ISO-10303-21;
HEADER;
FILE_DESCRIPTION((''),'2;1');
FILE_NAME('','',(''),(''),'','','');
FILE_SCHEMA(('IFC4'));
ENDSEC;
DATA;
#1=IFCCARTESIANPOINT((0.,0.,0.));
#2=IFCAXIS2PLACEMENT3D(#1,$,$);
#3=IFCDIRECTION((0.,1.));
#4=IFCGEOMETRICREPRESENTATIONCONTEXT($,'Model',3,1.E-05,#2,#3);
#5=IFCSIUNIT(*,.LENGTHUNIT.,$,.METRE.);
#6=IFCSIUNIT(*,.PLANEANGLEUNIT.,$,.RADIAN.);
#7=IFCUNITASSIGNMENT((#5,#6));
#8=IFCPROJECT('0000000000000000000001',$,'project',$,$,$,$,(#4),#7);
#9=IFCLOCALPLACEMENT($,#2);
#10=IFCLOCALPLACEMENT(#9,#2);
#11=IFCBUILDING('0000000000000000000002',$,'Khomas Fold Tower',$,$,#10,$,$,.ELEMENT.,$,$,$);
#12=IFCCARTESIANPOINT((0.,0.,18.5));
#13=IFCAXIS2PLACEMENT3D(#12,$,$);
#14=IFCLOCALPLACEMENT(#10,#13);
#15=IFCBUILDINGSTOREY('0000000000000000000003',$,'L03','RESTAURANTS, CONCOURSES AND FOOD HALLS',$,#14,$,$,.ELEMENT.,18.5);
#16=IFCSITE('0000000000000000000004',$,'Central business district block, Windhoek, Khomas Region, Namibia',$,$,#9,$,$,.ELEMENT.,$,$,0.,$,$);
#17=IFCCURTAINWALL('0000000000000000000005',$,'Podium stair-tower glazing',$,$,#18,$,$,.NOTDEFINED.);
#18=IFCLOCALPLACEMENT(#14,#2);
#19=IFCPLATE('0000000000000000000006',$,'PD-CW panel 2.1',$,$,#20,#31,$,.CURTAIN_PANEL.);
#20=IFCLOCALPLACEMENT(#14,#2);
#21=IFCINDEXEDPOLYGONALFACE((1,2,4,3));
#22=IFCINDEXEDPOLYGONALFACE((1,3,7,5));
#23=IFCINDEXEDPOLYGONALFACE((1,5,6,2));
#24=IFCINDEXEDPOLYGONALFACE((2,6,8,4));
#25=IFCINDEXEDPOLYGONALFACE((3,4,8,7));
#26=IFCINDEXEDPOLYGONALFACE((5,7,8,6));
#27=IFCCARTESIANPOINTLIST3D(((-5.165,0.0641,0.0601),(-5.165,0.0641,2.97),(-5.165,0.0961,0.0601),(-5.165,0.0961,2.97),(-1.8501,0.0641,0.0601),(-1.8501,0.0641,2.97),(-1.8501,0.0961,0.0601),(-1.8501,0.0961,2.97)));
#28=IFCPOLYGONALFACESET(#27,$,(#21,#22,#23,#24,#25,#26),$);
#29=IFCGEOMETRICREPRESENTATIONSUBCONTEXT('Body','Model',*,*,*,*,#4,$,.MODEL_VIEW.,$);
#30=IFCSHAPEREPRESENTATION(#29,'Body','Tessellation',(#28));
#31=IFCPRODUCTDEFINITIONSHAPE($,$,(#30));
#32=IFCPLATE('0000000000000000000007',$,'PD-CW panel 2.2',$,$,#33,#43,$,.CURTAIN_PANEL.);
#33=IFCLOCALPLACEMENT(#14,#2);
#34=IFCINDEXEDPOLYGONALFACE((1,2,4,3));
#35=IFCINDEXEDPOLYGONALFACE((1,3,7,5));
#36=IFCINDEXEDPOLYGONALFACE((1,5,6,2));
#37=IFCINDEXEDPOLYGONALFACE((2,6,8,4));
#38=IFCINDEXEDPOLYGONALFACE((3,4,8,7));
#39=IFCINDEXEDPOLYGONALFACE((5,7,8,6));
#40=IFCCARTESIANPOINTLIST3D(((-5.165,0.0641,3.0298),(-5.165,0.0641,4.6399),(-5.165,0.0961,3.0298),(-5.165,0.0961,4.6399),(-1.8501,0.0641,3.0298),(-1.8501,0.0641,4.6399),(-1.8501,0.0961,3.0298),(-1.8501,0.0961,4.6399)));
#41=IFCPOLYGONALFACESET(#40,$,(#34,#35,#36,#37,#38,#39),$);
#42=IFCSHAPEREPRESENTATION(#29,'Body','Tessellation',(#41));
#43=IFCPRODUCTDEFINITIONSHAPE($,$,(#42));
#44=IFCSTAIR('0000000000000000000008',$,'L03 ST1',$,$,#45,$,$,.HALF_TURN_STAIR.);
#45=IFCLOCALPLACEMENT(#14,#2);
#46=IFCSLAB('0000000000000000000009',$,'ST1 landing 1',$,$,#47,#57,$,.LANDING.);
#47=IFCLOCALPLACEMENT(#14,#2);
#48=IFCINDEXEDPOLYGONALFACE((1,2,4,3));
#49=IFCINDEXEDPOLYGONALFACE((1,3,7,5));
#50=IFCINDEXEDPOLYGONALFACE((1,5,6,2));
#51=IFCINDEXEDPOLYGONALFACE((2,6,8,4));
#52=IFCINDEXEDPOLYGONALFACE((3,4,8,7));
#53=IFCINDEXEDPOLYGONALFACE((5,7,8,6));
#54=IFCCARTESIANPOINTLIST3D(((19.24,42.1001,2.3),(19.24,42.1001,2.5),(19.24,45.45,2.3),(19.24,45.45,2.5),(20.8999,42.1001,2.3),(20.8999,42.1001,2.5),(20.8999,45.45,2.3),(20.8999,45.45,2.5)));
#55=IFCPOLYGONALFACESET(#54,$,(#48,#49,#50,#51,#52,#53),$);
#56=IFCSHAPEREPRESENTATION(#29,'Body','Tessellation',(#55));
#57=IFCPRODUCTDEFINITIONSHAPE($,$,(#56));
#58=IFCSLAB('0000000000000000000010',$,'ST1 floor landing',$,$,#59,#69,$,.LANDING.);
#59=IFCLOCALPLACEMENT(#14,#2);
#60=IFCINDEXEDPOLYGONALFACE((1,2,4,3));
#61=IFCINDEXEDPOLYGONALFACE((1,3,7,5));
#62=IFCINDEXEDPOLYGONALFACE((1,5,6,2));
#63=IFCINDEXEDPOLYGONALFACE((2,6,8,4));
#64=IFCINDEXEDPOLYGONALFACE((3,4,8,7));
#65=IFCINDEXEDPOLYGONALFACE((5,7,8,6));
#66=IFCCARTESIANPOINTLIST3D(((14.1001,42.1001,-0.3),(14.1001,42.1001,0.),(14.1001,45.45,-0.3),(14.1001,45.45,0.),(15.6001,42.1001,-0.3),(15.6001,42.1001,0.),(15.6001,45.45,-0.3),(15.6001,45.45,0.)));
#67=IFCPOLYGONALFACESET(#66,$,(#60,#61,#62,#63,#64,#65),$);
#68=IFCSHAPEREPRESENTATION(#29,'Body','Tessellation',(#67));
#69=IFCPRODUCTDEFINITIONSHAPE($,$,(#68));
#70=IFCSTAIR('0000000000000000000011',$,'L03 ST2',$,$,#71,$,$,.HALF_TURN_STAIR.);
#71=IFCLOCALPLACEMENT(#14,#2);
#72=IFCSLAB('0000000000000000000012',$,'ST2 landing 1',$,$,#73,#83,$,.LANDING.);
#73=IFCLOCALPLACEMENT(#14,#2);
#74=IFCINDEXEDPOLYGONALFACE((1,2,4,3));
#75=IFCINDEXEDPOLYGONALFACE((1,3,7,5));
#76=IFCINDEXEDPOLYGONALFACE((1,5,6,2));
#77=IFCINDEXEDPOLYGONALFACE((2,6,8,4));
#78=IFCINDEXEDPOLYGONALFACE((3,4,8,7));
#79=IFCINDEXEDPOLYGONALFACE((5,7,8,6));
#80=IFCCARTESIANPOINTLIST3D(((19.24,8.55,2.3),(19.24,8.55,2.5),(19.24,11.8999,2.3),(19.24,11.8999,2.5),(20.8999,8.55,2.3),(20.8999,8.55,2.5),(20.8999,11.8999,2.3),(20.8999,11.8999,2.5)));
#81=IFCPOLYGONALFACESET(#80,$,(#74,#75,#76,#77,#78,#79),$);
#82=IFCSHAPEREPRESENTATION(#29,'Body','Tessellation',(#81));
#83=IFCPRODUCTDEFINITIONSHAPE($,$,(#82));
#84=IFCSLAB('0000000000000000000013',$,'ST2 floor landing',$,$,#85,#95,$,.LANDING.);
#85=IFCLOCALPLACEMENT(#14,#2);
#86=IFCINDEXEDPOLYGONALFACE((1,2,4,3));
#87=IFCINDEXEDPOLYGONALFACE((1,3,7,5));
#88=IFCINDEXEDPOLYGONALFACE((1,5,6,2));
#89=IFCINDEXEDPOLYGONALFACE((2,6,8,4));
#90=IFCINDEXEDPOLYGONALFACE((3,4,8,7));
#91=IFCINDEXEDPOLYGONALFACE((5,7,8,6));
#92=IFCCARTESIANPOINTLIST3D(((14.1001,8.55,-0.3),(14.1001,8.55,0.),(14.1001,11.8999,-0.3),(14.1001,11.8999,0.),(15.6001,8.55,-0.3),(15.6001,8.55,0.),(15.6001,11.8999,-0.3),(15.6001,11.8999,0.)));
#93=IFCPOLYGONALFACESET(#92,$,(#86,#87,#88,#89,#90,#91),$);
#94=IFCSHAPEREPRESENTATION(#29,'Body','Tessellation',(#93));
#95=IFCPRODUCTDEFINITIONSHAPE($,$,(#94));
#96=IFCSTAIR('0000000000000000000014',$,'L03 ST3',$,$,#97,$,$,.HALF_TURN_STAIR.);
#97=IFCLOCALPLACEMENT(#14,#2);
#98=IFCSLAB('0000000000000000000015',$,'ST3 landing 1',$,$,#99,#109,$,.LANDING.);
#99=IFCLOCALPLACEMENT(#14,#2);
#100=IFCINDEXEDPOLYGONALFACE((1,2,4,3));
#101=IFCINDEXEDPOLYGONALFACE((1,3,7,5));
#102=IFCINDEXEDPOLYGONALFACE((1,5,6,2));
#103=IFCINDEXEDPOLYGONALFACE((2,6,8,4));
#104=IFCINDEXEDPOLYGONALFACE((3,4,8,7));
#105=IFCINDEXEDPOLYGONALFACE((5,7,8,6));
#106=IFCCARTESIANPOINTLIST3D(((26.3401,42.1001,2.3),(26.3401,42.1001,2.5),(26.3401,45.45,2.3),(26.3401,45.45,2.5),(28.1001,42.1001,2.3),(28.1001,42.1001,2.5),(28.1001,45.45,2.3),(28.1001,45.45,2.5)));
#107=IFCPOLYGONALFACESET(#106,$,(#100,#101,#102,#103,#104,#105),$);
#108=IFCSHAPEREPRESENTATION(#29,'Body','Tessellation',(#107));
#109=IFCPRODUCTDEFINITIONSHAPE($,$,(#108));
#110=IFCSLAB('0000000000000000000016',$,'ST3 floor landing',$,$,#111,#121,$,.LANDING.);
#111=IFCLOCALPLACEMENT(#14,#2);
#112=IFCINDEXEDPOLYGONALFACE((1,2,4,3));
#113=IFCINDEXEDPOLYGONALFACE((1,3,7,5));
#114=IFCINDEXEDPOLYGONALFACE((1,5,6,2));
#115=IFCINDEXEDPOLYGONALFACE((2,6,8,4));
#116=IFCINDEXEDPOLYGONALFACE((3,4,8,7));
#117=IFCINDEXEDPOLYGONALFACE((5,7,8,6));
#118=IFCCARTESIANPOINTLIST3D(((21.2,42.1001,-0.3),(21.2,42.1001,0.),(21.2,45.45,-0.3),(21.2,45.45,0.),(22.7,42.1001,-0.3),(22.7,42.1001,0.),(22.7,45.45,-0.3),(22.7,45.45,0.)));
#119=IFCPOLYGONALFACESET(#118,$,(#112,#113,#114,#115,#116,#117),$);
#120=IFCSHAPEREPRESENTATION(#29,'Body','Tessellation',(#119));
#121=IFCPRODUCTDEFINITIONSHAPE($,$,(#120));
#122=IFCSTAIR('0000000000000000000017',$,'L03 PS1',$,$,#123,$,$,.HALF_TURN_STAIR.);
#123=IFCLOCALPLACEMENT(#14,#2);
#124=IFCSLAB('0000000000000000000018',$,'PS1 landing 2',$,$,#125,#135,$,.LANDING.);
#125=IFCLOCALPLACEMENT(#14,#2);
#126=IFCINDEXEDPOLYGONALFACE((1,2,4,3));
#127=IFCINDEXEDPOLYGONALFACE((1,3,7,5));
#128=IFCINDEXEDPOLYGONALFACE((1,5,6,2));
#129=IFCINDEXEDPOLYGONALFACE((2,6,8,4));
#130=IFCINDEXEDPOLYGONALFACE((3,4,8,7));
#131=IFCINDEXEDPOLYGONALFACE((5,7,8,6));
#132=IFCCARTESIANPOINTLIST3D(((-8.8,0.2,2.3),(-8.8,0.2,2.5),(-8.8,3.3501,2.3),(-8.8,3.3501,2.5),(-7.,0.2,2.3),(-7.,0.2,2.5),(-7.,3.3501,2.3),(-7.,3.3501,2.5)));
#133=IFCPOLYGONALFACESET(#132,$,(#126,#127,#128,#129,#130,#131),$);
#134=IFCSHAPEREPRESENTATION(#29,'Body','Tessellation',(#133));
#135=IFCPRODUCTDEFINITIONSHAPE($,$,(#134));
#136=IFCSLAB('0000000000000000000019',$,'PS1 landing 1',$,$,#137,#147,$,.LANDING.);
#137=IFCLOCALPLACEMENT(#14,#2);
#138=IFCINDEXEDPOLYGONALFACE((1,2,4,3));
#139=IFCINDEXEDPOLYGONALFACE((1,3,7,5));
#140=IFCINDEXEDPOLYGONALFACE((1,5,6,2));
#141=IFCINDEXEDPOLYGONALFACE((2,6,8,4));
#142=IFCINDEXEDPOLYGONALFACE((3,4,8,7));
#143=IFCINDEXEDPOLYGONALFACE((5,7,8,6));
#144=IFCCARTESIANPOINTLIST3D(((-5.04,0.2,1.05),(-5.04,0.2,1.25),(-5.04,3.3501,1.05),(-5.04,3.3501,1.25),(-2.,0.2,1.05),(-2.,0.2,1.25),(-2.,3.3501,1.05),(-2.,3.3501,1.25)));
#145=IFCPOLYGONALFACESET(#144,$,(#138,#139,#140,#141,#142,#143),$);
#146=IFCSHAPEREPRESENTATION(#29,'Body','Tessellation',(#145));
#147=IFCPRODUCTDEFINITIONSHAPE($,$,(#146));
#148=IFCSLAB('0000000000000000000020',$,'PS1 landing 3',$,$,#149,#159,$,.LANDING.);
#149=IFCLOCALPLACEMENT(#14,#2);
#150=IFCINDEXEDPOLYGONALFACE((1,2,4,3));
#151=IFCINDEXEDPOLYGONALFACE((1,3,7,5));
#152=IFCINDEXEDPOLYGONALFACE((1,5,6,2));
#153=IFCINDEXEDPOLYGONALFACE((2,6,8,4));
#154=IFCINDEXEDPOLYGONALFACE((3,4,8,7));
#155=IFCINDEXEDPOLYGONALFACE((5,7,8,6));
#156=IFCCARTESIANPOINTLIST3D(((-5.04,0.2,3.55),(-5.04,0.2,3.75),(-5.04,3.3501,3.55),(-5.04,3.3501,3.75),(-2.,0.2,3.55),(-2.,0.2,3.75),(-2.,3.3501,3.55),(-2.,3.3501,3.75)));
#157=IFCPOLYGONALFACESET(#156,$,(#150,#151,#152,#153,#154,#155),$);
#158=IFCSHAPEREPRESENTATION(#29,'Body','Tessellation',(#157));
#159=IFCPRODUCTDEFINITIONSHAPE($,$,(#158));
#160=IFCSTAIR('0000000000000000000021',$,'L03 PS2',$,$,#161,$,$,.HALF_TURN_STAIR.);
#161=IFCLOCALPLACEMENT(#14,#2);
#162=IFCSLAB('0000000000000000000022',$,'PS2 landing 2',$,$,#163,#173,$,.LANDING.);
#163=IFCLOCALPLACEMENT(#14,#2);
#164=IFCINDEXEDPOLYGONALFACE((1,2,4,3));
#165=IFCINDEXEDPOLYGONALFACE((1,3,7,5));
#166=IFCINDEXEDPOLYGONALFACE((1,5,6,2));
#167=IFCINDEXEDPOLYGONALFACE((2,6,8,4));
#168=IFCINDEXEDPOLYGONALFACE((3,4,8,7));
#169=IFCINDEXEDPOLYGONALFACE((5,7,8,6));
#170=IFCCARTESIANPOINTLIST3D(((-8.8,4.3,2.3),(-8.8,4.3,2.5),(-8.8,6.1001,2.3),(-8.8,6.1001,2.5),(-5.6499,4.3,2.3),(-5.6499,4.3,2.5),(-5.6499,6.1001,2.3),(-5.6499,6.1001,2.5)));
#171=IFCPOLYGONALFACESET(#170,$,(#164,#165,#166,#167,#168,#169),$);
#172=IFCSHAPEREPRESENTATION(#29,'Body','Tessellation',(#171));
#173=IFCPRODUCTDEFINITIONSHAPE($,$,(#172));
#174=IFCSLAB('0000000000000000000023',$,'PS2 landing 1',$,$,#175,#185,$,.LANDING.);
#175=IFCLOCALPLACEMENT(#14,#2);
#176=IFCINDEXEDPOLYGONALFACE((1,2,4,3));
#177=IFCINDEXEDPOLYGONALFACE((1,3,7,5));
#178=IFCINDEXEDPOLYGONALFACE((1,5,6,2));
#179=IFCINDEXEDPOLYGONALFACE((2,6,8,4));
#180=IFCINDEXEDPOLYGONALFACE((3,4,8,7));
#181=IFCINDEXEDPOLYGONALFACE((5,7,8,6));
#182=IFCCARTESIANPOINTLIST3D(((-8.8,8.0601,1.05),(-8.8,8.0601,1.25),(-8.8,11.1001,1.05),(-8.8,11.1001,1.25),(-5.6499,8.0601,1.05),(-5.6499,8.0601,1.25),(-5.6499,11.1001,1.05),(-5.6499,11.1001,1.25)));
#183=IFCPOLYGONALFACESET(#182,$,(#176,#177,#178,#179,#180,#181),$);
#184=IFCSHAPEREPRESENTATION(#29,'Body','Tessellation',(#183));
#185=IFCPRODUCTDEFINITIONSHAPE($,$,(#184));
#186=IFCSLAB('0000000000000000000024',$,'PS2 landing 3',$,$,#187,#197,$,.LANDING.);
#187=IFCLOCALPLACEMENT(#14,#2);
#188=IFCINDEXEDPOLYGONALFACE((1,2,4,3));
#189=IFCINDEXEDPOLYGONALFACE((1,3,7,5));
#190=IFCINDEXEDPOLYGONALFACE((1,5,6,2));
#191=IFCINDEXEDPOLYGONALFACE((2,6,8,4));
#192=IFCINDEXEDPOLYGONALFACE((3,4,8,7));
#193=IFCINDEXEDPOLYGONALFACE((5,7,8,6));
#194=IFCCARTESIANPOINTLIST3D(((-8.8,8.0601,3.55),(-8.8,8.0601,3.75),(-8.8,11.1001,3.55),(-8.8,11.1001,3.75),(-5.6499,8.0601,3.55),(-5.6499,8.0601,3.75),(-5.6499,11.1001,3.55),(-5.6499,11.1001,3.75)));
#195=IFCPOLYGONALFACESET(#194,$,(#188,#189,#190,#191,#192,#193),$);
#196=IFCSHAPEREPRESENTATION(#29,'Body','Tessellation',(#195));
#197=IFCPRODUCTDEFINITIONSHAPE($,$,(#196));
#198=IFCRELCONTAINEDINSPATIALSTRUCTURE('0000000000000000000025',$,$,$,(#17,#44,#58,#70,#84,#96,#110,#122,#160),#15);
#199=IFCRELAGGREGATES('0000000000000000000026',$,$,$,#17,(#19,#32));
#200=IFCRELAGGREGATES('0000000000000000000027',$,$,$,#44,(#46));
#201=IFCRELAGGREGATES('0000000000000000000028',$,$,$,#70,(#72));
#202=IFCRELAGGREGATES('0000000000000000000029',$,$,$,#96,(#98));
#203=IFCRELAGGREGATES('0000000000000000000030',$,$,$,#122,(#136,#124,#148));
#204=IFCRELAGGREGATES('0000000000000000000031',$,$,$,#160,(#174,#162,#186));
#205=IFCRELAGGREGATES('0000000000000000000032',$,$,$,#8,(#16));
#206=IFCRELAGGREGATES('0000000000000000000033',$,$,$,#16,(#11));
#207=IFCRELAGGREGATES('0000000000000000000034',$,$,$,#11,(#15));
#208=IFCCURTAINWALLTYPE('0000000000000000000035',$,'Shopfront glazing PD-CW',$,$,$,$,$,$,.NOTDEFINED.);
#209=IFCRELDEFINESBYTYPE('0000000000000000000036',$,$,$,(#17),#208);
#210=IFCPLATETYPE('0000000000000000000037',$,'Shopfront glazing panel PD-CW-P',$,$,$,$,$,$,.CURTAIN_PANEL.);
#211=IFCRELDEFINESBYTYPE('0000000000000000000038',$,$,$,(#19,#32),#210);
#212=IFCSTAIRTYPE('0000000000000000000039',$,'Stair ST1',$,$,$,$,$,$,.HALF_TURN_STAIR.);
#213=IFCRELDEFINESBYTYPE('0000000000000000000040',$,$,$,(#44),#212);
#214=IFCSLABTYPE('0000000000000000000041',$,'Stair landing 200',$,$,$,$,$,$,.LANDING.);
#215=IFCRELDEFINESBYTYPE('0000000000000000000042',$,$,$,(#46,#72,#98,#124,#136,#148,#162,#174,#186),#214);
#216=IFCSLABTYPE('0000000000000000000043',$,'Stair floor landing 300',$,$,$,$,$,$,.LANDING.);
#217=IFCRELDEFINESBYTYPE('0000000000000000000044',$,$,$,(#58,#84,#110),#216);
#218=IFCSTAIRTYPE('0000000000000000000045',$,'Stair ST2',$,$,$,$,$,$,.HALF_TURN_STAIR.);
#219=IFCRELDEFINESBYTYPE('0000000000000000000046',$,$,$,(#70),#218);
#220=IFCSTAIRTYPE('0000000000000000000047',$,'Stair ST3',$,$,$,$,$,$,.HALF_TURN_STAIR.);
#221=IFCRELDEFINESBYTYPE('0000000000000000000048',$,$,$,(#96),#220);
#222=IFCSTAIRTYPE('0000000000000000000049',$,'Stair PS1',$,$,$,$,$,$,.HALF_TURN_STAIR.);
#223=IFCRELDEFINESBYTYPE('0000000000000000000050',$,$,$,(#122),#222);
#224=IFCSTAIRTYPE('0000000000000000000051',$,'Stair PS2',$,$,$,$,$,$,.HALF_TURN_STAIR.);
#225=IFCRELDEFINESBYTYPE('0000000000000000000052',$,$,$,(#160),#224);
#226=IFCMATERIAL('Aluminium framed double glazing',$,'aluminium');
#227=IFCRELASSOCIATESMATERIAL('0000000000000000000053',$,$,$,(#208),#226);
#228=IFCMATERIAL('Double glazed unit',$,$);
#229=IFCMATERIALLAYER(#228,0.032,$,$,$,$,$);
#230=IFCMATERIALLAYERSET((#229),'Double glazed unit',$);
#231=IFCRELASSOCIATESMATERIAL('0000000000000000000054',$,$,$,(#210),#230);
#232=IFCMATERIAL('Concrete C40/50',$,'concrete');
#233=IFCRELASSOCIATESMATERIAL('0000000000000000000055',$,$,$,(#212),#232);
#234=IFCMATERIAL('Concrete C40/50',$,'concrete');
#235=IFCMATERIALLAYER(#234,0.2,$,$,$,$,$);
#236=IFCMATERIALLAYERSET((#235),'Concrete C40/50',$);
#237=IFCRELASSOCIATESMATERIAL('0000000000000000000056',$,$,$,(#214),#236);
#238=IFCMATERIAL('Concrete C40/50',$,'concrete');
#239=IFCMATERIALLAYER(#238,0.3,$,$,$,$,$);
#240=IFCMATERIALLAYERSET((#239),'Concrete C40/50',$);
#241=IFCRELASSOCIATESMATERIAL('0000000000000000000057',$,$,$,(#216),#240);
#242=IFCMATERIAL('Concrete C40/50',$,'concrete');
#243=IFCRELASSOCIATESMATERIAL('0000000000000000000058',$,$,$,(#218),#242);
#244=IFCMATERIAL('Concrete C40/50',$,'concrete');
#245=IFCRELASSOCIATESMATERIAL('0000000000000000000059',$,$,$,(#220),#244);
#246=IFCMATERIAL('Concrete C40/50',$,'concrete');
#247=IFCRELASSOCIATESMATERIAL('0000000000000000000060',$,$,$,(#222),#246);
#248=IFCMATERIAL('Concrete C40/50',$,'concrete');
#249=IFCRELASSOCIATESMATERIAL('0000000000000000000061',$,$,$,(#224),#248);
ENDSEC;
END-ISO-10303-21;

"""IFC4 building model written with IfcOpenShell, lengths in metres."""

from ifc_helpers import new_model, si_unit, direction, frame, origin, origin_2d, place, context, subcontext, project, spatial, polyline, rectangle, outline, extrude, source, transform, mapped, material, layer, layer_set, type_object, element, aggregate, save


model = new_model("IFC4")

# Units and contexts
model_context = context("Model", 3, precision=1e-05, world=origin(), true_north=direction((0.0, 1.0)))
body_context = subcontext(model_context, "Body", "Model", "MODEL_VIEW")
ifc_project = project(units=[si_unit("LENGTHUNIT", "METRE"), si_unit("PLANEANGLEUNIT", "RADIAN")], contexts=[model_context])

# Site, building, storey
site_placement = place(None, origin())
site = spatial("IfcSite", under=ifc_project, at=site_placement, Name="Central business district block, Windhoek, Khomas Region, Namibia", CompositionType="ELEMENT", RefElevation=0.0)
building_placement = place(site_placement, origin())
building = spatial("IfcBuilding", under=site, at=building_placement, Name="Khomas Fold Tower", CompositionType="ELEMENT")
storey_placement = place(building_placement, frame((0.0, 0.0, 18.5)))
storey = spatial("IfcBuildingStorey", under=building, at=storey_placement, Name="L03", Description="RESTAURANTS, CONCOURSES AND FOOD HALLS", CompositionType="ELEMENT", Elevation=18.5)

# Curtain wall
ifc_material_1 = material(Name="Aluminium framed double glazing", Category="aluminium")
curtain_wall_type = type_object("IfcCurtainWallType", Name="Shopfront glazing PD-CW", PredefinedType="NOTDEFINED", material=ifc_material_1)
curtain_wall_placement = place(storey_placement, origin())
curtain_wall = element("IfcCurtainWall", 1, at=curtain_wall_placement, inside=storey, type_object=curtain_wall_type, Name="Podium stair-tower glazing", PredefinedType="NOTDEFINED")

# Plates
ifc_material_2 = material(Name="Double glazed unit")
ifc_layer_1 = layer(ifc_material_2, 0.032)
ifc_layer_set_1 = layer_set([ifc_layer_1], Name="Double glazed unit")
plate_type = type_object("IfcPlateType", Name="Shopfront glazing panel PD-CW-P", PredefinedType="CURTAIN_PANEL", material=ifc_layer_set_1)
shared_shape_1 = source(origin(), body_context, "Body", "SweptSolid", [
    extrude(rectangle(XDim=3.3149, YDim=0.032, at=origin_2d()), origin(), (0.0, 0.0, 1.0), 2.9099),
])
plate_1_placement = place(storey_placement, frame((-3.5076, 0.0801, 0.0601), z_axis=(0.0, 0.0, 1.0), x_axis=(1.0, 0.0, 0.0)))
plate_1 = element("IfcPlate", 2, at=plate_1_placement, type_object=plate_type, Name="PD-CW panel 2.1", PredefinedType="CURTAIN_PANEL", context=body_context, shape_type="MappedRepresentation", body=[
    mapped(shared_shape_1, transform((0.0, 0.0, 0.0))),
])
shared_shape_2 = source(origin(), body_context, "Body", "SweptSolid", [
    extrude(rectangle(XDim=3.3149, YDim=0.032, at=origin_2d()), origin(), (0.0, 0.0, 1.0), 1.6101),
])
plate_2_placement = place(storey_placement, frame((-3.5076, 0.0801, 3.0298), z_axis=(0.0, 0.0, 1.0), x_axis=(1.0, 0.0, 0.0)))
plate_2 = element("IfcPlate", 3, at=plate_2_placement, type_object=plate_type, Name="PD-CW panel 2.2", PredefinedType="CURTAIN_PANEL", context=body_context, shape_type="MappedRepresentation", body=[
    mapped(shared_shape_2, transform((0.0, 0.0, 0.0))),
])
aggregate(curtain_wall, [plate_1, plate_2])

# Stair, slab
ifc_material_3 = material(Name="Concrete C40/50", Category="concrete")
stair_type_1 = type_object("IfcStairType", Name="Stair ST1", PredefinedType="HALF_TURN_STAIR", material=ifc_material_3)
stair_1_placement = place(storey_placement, origin())
stair_1 = element("IfcStair", 4, at=stair_1_placement, inside=storey, type_object=stair_type_1, Name="L03 ST1", PredefinedType="HALF_TURN_STAIR")
ifc_material_4 = material(Name="Concrete C40/50", Category="concrete")
ifc_layer_2 = layer(ifc_material_4, 0.2)
ifc_layer_set_2 = layer_set([ifc_layer_2], Name="Concrete C40/50")
slab_type_1 = type_object("IfcSlabType", Name="Stair landing 200", PredefinedType="LANDING", material=ifc_layer_set_2)
shared_shape_3 = source(origin(), body_context, "Body", "SweptSolid", [
    extrude(outline(polyline([(19.24, 42.1001), (20.8999, 42.1001), (20.8999, 45.45), (19.24, 45.45), (19.24, 42.1001)])), origin(), (0.0, 0.0, 1.0), 0.2),
])
slab_1_placement = place(storey_placement, frame((0.0, 0.0, 2.3)))
slab_1 = element("IfcSlab", 5, at=slab_1_placement, type_object=slab_type_1, Name="ST1 landing 1", PredefinedType="LANDING", context=body_context, shape_type="MappedRepresentation", body=[
    mapped(shared_shape_3, transform((0.0, 0.0, 0.0))),
])
aggregate(stair_1, [slab_1])

# Slab
ifc_material_5 = material(Name="Concrete C40/50", Category="concrete")
ifc_layer_3 = layer(ifc_material_5, 0.3)
ifc_layer_set_3 = layer_set([ifc_layer_3], Name="Concrete C40/50")
slab_type_2 = type_object("IfcSlabType", Name="Stair floor landing 300", PredefinedType="LANDING", material=ifc_layer_set_3)
shared_shape_4 = source(origin(), body_context, "Body", "SweptSolid", [
    extrude(outline(polyline([(14.1001, 45.45), (15.6001, 45.45), (15.6001, 42.1001), (14.1001, 42.1001), (14.1001, 45.45)])), origin(), (0.0, 0.0, 1.0), 0.3),
])
slab_2_placement = place(storey_placement, frame((0.0, 0.0, -0.3)))
element("IfcSlab", 6, at=slab_2_placement, inside=storey, type_object=slab_type_2, Name="ST1 floor landing", PredefinedType="LANDING", context=body_context, shape_type="MappedRepresentation", body=[
    mapped(shared_shape_4, transform((0.0, 0.0, 0.0))),
])

# Stair, slab
ifc_material_6 = material(Name="Concrete C40/50", Category="concrete")
stair_type_2 = type_object("IfcStairType", Name="Stair ST2", PredefinedType="HALF_TURN_STAIR", material=ifc_material_6)
stair_2_placement = place(storey_placement, origin())
stair_2 = element("IfcStair", 7, at=stair_2_placement, inside=storey, type_object=stair_type_2, Name="L03 ST2", PredefinedType="HALF_TURN_STAIR")
shared_shape_5 = source(origin(), body_context, "Body", "SweptSolid", [
    extrude(outline(polyline([(19.24, 8.55), (20.8999, 8.55), (20.8999, 11.8999), (19.24, 11.8999), (19.24, 8.55)])), origin(), (0.0, 0.0, 1.0), 0.2),
])
slab_3_placement = place(storey_placement, frame((0.0, 0.0, 2.3)))
slab_3 = element("IfcSlab", 8, at=slab_3_placement, type_object=slab_type_1, Name="ST2 landing 1", PredefinedType="LANDING", context=body_context, shape_type="MappedRepresentation", body=[
    mapped(shared_shape_5, transform((0.0, 0.0, 0.0))),
])
aggregate(stair_2, [slab_3])

# Slab
shared_shape_6 = source(origin(), body_context, "Body", "SweptSolid", [
    extrude(outline(polyline([(14.1001, 11.8999), (15.6001, 11.8999), (15.6001, 8.55), (14.1001, 8.55), (14.1001, 11.8999)])), origin(), (0.0, 0.0, 1.0), 0.3),
])
slab_4_placement = place(storey_placement, frame((0.0, 0.0, -0.3)))
element("IfcSlab", 9, at=slab_4_placement, inside=storey, type_object=slab_type_2, Name="ST2 floor landing", PredefinedType="LANDING", context=body_context, shape_type="MappedRepresentation", body=[
    mapped(shared_shape_6, transform((0.0, 0.0, 0.0))),
])

# Stair, slab
ifc_material_7 = material(Name="Concrete C40/50", Category="concrete")
stair_type_3 = type_object("IfcStairType", Name="Stair ST3", PredefinedType="HALF_TURN_STAIR", material=ifc_material_7)
stair_3_placement = place(storey_placement, origin())
stair_3 = element("IfcStair", 10, at=stair_3_placement, inside=storey, type_object=stair_type_3, Name="L03 ST3", PredefinedType="HALF_TURN_STAIR")
shared_shape_7 = source(origin(), body_context, "Body", "SweptSolid", [
    extrude(outline(polyline([(26.3401, 42.1001), (28.1001, 42.1001), (28.1001, 45.45), (26.3401, 45.45), (26.3401, 42.1001)])), origin(), (0.0, 0.0, 1.0), 0.2),
])
slab_5_placement = place(storey_placement, frame((0.0, 0.0, 2.3)))
slab_5 = element("IfcSlab", 11, at=slab_5_placement, type_object=slab_type_1, Name="ST3 landing 1", PredefinedType="LANDING", context=body_context, shape_type="MappedRepresentation", body=[
    mapped(shared_shape_7, transform((0.0, 0.0, 0.0))),
])
aggregate(stair_3, [slab_5])

# Slab
shared_shape_8 = source(origin(), body_context, "Body", "SweptSolid", [
    extrude(outline(polyline([(21.2, 45.45), (22.7, 45.45), (22.7, 42.1001), (21.2, 42.1001), (21.2, 45.45)])), origin(), (0.0, 0.0, 1.0), 0.3),
])
slab_6_placement = place(storey_placement, frame((0.0, 0.0, -0.3)))
element("IfcSlab", 12, at=slab_6_placement, inside=storey, type_object=slab_type_2, Name="ST3 floor landing", PredefinedType="LANDING", context=body_context, shape_type="MappedRepresentation", body=[
    mapped(shared_shape_8, transform((0.0, 0.0, 0.0))),
])

# Stairs, slabs
ifc_material_8 = material(Name="Concrete C40/50", Category="concrete")
stair_type_4 = type_object("IfcStairType", Name="Stair PS1", PredefinedType="HALF_TURN_STAIR", material=ifc_material_8)
stair_4_placement = place(storey_placement, origin())
stair_4 = element("IfcStair", 13, at=stair_4_placement, inside=storey, type_object=stair_type_4, Name="L03 PS1", PredefinedType="HALF_TURN_STAIR")
shared_shape_9 = source(origin(), body_context, "Body", "SweptSolid", [
    extrude(outline(polyline([(-8.8, 0.2), (-7.0, 0.2), (-7.0, 3.3501), (-8.8, 3.3501), (-8.8, 0.2)])), origin(), (0.0, 0.0, 1.0), 0.2),
])
slab_7_placement = place(storey_placement, frame((0.0, 0.0, 2.3)))
slab_7 = element("IfcSlab", 14, at=slab_7_placement, type_object=slab_type_1, Name="PS1 landing 2", PredefinedType="LANDING", context=body_context, shape_type="MappedRepresentation", body=[
    mapped(shared_shape_9, transform((0.0, 0.0, 0.0))),
])
shared_shape_10 = source(origin(), body_context, "Body", "SweptSolid", [
    extrude(outline(polyline([(-5.04, 0.2), (-2.0, 0.2), (-2.0, 3.3501), (-5.04, 3.3501), (-5.04, 0.2)])), origin(), (0.0, 0.0, 1.0), 0.2),
])
slab_8_placement = place(storey_placement, frame((0.0, 0.0, 1.05)))
slab_8 = element("IfcSlab", 15, at=slab_8_placement, type_object=slab_type_1, Name="PS1 landing 1", PredefinedType="LANDING", context=body_context, shape_type="MappedRepresentation", body=[
    mapped(shared_shape_10, transform((0.0, 0.0, 0.0))),
])
slab_9_placement = place(storey_placement, frame((0.0, 0.0, 3.55)))
slab_9 = element("IfcSlab", 16, at=slab_9_placement, type_object=slab_type_1, Name="PS1 landing 3", PredefinedType="LANDING", context=body_context, shape_type="MappedRepresentation", body=[
    mapped(shared_shape_10, transform((0.0, 0.0, 0.0))),
])
aggregate(stair_4, [slab_8, slab_7, slab_9])
ifc_material_9 = material(Name="Concrete C40/50", Category="concrete")
stair_type_5 = type_object("IfcStairType", Name="Stair PS2", PredefinedType="HALF_TURN_STAIR", material=ifc_material_9)
stair_5_placement = place(storey_placement, origin())
stair_5 = element("IfcStair", 17, at=stair_5_placement, inside=storey, type_object=stair_type_5, Name="L03 PS2", PredefinedType="HALF_TURN_STAIR")
shared_shape_11 = source(origin(), body_context, "Body", "SweptSolid", [
    extrude(outline(polyline([(-5.6499, 4.3), (-5.6499, 6.1001), (-8.8, 6.1001), (-8.8, 4.3), (-5.6499, 4.3)])), origin(), (0.0, 0.0, 1.0), 0.2),
])
slab_10_placement = place(storey_placement, frame((0.0, 0.0, 2.3)))
slab_10 = element("IfcSlab", 18, at=slab_10_placement, type_object=slab_type_1, Name="PS2 landing 2", PredefinedType="LANDING", context=body_context, shape_type="MappedRepresentation", body=[
    mapped(shared_shape_11, transform((0.0, 0.0, 0.0))),
])
shared_shape_12 = source(origin(), body_context, "Body", "SweptSolid", [
    extrude(outline(polyline([(-5.6499, 8.0601), (-5.6499, 11.1001), (-8.8, 11.1001), (-8.8, 8.0601), (-5.6499, 8.0601)])), origin(), (0.0, 0.0, 1.0), 0.2),
])
slab_11_placement = place(storey_placement, frame((0.0, 0.0, 1.05)))
slab_11 = element("IfcSlab", 19, at=slab_11_placement, type_object=slab_type_1, Name="PS2 landing 1", PredefinedType="LANDING", context=body_context, shape_type="MappedRepresentation", body=[
    mapped(shared_shape_12, transform((0.0, 0.0, 0.0))),
])
slab_12_placement = place(storey_placement, frame((0.0, 0.0, 3.55)))
slab_12 = element("IfcSlab", 20, at=slab_12_placement, type_object=slab_type_1, Name="PS2 landing 3", PredefinedType="LANDING", context=body_context, shape_type="MappedRepresentation", body=[
    mapped(shared_shape_12, transform((0.0, 0.0, 0.0))),
])
aggregate(stair_5, [slab_11, slab_10, slab_12])

save(model, "model.ifc")
